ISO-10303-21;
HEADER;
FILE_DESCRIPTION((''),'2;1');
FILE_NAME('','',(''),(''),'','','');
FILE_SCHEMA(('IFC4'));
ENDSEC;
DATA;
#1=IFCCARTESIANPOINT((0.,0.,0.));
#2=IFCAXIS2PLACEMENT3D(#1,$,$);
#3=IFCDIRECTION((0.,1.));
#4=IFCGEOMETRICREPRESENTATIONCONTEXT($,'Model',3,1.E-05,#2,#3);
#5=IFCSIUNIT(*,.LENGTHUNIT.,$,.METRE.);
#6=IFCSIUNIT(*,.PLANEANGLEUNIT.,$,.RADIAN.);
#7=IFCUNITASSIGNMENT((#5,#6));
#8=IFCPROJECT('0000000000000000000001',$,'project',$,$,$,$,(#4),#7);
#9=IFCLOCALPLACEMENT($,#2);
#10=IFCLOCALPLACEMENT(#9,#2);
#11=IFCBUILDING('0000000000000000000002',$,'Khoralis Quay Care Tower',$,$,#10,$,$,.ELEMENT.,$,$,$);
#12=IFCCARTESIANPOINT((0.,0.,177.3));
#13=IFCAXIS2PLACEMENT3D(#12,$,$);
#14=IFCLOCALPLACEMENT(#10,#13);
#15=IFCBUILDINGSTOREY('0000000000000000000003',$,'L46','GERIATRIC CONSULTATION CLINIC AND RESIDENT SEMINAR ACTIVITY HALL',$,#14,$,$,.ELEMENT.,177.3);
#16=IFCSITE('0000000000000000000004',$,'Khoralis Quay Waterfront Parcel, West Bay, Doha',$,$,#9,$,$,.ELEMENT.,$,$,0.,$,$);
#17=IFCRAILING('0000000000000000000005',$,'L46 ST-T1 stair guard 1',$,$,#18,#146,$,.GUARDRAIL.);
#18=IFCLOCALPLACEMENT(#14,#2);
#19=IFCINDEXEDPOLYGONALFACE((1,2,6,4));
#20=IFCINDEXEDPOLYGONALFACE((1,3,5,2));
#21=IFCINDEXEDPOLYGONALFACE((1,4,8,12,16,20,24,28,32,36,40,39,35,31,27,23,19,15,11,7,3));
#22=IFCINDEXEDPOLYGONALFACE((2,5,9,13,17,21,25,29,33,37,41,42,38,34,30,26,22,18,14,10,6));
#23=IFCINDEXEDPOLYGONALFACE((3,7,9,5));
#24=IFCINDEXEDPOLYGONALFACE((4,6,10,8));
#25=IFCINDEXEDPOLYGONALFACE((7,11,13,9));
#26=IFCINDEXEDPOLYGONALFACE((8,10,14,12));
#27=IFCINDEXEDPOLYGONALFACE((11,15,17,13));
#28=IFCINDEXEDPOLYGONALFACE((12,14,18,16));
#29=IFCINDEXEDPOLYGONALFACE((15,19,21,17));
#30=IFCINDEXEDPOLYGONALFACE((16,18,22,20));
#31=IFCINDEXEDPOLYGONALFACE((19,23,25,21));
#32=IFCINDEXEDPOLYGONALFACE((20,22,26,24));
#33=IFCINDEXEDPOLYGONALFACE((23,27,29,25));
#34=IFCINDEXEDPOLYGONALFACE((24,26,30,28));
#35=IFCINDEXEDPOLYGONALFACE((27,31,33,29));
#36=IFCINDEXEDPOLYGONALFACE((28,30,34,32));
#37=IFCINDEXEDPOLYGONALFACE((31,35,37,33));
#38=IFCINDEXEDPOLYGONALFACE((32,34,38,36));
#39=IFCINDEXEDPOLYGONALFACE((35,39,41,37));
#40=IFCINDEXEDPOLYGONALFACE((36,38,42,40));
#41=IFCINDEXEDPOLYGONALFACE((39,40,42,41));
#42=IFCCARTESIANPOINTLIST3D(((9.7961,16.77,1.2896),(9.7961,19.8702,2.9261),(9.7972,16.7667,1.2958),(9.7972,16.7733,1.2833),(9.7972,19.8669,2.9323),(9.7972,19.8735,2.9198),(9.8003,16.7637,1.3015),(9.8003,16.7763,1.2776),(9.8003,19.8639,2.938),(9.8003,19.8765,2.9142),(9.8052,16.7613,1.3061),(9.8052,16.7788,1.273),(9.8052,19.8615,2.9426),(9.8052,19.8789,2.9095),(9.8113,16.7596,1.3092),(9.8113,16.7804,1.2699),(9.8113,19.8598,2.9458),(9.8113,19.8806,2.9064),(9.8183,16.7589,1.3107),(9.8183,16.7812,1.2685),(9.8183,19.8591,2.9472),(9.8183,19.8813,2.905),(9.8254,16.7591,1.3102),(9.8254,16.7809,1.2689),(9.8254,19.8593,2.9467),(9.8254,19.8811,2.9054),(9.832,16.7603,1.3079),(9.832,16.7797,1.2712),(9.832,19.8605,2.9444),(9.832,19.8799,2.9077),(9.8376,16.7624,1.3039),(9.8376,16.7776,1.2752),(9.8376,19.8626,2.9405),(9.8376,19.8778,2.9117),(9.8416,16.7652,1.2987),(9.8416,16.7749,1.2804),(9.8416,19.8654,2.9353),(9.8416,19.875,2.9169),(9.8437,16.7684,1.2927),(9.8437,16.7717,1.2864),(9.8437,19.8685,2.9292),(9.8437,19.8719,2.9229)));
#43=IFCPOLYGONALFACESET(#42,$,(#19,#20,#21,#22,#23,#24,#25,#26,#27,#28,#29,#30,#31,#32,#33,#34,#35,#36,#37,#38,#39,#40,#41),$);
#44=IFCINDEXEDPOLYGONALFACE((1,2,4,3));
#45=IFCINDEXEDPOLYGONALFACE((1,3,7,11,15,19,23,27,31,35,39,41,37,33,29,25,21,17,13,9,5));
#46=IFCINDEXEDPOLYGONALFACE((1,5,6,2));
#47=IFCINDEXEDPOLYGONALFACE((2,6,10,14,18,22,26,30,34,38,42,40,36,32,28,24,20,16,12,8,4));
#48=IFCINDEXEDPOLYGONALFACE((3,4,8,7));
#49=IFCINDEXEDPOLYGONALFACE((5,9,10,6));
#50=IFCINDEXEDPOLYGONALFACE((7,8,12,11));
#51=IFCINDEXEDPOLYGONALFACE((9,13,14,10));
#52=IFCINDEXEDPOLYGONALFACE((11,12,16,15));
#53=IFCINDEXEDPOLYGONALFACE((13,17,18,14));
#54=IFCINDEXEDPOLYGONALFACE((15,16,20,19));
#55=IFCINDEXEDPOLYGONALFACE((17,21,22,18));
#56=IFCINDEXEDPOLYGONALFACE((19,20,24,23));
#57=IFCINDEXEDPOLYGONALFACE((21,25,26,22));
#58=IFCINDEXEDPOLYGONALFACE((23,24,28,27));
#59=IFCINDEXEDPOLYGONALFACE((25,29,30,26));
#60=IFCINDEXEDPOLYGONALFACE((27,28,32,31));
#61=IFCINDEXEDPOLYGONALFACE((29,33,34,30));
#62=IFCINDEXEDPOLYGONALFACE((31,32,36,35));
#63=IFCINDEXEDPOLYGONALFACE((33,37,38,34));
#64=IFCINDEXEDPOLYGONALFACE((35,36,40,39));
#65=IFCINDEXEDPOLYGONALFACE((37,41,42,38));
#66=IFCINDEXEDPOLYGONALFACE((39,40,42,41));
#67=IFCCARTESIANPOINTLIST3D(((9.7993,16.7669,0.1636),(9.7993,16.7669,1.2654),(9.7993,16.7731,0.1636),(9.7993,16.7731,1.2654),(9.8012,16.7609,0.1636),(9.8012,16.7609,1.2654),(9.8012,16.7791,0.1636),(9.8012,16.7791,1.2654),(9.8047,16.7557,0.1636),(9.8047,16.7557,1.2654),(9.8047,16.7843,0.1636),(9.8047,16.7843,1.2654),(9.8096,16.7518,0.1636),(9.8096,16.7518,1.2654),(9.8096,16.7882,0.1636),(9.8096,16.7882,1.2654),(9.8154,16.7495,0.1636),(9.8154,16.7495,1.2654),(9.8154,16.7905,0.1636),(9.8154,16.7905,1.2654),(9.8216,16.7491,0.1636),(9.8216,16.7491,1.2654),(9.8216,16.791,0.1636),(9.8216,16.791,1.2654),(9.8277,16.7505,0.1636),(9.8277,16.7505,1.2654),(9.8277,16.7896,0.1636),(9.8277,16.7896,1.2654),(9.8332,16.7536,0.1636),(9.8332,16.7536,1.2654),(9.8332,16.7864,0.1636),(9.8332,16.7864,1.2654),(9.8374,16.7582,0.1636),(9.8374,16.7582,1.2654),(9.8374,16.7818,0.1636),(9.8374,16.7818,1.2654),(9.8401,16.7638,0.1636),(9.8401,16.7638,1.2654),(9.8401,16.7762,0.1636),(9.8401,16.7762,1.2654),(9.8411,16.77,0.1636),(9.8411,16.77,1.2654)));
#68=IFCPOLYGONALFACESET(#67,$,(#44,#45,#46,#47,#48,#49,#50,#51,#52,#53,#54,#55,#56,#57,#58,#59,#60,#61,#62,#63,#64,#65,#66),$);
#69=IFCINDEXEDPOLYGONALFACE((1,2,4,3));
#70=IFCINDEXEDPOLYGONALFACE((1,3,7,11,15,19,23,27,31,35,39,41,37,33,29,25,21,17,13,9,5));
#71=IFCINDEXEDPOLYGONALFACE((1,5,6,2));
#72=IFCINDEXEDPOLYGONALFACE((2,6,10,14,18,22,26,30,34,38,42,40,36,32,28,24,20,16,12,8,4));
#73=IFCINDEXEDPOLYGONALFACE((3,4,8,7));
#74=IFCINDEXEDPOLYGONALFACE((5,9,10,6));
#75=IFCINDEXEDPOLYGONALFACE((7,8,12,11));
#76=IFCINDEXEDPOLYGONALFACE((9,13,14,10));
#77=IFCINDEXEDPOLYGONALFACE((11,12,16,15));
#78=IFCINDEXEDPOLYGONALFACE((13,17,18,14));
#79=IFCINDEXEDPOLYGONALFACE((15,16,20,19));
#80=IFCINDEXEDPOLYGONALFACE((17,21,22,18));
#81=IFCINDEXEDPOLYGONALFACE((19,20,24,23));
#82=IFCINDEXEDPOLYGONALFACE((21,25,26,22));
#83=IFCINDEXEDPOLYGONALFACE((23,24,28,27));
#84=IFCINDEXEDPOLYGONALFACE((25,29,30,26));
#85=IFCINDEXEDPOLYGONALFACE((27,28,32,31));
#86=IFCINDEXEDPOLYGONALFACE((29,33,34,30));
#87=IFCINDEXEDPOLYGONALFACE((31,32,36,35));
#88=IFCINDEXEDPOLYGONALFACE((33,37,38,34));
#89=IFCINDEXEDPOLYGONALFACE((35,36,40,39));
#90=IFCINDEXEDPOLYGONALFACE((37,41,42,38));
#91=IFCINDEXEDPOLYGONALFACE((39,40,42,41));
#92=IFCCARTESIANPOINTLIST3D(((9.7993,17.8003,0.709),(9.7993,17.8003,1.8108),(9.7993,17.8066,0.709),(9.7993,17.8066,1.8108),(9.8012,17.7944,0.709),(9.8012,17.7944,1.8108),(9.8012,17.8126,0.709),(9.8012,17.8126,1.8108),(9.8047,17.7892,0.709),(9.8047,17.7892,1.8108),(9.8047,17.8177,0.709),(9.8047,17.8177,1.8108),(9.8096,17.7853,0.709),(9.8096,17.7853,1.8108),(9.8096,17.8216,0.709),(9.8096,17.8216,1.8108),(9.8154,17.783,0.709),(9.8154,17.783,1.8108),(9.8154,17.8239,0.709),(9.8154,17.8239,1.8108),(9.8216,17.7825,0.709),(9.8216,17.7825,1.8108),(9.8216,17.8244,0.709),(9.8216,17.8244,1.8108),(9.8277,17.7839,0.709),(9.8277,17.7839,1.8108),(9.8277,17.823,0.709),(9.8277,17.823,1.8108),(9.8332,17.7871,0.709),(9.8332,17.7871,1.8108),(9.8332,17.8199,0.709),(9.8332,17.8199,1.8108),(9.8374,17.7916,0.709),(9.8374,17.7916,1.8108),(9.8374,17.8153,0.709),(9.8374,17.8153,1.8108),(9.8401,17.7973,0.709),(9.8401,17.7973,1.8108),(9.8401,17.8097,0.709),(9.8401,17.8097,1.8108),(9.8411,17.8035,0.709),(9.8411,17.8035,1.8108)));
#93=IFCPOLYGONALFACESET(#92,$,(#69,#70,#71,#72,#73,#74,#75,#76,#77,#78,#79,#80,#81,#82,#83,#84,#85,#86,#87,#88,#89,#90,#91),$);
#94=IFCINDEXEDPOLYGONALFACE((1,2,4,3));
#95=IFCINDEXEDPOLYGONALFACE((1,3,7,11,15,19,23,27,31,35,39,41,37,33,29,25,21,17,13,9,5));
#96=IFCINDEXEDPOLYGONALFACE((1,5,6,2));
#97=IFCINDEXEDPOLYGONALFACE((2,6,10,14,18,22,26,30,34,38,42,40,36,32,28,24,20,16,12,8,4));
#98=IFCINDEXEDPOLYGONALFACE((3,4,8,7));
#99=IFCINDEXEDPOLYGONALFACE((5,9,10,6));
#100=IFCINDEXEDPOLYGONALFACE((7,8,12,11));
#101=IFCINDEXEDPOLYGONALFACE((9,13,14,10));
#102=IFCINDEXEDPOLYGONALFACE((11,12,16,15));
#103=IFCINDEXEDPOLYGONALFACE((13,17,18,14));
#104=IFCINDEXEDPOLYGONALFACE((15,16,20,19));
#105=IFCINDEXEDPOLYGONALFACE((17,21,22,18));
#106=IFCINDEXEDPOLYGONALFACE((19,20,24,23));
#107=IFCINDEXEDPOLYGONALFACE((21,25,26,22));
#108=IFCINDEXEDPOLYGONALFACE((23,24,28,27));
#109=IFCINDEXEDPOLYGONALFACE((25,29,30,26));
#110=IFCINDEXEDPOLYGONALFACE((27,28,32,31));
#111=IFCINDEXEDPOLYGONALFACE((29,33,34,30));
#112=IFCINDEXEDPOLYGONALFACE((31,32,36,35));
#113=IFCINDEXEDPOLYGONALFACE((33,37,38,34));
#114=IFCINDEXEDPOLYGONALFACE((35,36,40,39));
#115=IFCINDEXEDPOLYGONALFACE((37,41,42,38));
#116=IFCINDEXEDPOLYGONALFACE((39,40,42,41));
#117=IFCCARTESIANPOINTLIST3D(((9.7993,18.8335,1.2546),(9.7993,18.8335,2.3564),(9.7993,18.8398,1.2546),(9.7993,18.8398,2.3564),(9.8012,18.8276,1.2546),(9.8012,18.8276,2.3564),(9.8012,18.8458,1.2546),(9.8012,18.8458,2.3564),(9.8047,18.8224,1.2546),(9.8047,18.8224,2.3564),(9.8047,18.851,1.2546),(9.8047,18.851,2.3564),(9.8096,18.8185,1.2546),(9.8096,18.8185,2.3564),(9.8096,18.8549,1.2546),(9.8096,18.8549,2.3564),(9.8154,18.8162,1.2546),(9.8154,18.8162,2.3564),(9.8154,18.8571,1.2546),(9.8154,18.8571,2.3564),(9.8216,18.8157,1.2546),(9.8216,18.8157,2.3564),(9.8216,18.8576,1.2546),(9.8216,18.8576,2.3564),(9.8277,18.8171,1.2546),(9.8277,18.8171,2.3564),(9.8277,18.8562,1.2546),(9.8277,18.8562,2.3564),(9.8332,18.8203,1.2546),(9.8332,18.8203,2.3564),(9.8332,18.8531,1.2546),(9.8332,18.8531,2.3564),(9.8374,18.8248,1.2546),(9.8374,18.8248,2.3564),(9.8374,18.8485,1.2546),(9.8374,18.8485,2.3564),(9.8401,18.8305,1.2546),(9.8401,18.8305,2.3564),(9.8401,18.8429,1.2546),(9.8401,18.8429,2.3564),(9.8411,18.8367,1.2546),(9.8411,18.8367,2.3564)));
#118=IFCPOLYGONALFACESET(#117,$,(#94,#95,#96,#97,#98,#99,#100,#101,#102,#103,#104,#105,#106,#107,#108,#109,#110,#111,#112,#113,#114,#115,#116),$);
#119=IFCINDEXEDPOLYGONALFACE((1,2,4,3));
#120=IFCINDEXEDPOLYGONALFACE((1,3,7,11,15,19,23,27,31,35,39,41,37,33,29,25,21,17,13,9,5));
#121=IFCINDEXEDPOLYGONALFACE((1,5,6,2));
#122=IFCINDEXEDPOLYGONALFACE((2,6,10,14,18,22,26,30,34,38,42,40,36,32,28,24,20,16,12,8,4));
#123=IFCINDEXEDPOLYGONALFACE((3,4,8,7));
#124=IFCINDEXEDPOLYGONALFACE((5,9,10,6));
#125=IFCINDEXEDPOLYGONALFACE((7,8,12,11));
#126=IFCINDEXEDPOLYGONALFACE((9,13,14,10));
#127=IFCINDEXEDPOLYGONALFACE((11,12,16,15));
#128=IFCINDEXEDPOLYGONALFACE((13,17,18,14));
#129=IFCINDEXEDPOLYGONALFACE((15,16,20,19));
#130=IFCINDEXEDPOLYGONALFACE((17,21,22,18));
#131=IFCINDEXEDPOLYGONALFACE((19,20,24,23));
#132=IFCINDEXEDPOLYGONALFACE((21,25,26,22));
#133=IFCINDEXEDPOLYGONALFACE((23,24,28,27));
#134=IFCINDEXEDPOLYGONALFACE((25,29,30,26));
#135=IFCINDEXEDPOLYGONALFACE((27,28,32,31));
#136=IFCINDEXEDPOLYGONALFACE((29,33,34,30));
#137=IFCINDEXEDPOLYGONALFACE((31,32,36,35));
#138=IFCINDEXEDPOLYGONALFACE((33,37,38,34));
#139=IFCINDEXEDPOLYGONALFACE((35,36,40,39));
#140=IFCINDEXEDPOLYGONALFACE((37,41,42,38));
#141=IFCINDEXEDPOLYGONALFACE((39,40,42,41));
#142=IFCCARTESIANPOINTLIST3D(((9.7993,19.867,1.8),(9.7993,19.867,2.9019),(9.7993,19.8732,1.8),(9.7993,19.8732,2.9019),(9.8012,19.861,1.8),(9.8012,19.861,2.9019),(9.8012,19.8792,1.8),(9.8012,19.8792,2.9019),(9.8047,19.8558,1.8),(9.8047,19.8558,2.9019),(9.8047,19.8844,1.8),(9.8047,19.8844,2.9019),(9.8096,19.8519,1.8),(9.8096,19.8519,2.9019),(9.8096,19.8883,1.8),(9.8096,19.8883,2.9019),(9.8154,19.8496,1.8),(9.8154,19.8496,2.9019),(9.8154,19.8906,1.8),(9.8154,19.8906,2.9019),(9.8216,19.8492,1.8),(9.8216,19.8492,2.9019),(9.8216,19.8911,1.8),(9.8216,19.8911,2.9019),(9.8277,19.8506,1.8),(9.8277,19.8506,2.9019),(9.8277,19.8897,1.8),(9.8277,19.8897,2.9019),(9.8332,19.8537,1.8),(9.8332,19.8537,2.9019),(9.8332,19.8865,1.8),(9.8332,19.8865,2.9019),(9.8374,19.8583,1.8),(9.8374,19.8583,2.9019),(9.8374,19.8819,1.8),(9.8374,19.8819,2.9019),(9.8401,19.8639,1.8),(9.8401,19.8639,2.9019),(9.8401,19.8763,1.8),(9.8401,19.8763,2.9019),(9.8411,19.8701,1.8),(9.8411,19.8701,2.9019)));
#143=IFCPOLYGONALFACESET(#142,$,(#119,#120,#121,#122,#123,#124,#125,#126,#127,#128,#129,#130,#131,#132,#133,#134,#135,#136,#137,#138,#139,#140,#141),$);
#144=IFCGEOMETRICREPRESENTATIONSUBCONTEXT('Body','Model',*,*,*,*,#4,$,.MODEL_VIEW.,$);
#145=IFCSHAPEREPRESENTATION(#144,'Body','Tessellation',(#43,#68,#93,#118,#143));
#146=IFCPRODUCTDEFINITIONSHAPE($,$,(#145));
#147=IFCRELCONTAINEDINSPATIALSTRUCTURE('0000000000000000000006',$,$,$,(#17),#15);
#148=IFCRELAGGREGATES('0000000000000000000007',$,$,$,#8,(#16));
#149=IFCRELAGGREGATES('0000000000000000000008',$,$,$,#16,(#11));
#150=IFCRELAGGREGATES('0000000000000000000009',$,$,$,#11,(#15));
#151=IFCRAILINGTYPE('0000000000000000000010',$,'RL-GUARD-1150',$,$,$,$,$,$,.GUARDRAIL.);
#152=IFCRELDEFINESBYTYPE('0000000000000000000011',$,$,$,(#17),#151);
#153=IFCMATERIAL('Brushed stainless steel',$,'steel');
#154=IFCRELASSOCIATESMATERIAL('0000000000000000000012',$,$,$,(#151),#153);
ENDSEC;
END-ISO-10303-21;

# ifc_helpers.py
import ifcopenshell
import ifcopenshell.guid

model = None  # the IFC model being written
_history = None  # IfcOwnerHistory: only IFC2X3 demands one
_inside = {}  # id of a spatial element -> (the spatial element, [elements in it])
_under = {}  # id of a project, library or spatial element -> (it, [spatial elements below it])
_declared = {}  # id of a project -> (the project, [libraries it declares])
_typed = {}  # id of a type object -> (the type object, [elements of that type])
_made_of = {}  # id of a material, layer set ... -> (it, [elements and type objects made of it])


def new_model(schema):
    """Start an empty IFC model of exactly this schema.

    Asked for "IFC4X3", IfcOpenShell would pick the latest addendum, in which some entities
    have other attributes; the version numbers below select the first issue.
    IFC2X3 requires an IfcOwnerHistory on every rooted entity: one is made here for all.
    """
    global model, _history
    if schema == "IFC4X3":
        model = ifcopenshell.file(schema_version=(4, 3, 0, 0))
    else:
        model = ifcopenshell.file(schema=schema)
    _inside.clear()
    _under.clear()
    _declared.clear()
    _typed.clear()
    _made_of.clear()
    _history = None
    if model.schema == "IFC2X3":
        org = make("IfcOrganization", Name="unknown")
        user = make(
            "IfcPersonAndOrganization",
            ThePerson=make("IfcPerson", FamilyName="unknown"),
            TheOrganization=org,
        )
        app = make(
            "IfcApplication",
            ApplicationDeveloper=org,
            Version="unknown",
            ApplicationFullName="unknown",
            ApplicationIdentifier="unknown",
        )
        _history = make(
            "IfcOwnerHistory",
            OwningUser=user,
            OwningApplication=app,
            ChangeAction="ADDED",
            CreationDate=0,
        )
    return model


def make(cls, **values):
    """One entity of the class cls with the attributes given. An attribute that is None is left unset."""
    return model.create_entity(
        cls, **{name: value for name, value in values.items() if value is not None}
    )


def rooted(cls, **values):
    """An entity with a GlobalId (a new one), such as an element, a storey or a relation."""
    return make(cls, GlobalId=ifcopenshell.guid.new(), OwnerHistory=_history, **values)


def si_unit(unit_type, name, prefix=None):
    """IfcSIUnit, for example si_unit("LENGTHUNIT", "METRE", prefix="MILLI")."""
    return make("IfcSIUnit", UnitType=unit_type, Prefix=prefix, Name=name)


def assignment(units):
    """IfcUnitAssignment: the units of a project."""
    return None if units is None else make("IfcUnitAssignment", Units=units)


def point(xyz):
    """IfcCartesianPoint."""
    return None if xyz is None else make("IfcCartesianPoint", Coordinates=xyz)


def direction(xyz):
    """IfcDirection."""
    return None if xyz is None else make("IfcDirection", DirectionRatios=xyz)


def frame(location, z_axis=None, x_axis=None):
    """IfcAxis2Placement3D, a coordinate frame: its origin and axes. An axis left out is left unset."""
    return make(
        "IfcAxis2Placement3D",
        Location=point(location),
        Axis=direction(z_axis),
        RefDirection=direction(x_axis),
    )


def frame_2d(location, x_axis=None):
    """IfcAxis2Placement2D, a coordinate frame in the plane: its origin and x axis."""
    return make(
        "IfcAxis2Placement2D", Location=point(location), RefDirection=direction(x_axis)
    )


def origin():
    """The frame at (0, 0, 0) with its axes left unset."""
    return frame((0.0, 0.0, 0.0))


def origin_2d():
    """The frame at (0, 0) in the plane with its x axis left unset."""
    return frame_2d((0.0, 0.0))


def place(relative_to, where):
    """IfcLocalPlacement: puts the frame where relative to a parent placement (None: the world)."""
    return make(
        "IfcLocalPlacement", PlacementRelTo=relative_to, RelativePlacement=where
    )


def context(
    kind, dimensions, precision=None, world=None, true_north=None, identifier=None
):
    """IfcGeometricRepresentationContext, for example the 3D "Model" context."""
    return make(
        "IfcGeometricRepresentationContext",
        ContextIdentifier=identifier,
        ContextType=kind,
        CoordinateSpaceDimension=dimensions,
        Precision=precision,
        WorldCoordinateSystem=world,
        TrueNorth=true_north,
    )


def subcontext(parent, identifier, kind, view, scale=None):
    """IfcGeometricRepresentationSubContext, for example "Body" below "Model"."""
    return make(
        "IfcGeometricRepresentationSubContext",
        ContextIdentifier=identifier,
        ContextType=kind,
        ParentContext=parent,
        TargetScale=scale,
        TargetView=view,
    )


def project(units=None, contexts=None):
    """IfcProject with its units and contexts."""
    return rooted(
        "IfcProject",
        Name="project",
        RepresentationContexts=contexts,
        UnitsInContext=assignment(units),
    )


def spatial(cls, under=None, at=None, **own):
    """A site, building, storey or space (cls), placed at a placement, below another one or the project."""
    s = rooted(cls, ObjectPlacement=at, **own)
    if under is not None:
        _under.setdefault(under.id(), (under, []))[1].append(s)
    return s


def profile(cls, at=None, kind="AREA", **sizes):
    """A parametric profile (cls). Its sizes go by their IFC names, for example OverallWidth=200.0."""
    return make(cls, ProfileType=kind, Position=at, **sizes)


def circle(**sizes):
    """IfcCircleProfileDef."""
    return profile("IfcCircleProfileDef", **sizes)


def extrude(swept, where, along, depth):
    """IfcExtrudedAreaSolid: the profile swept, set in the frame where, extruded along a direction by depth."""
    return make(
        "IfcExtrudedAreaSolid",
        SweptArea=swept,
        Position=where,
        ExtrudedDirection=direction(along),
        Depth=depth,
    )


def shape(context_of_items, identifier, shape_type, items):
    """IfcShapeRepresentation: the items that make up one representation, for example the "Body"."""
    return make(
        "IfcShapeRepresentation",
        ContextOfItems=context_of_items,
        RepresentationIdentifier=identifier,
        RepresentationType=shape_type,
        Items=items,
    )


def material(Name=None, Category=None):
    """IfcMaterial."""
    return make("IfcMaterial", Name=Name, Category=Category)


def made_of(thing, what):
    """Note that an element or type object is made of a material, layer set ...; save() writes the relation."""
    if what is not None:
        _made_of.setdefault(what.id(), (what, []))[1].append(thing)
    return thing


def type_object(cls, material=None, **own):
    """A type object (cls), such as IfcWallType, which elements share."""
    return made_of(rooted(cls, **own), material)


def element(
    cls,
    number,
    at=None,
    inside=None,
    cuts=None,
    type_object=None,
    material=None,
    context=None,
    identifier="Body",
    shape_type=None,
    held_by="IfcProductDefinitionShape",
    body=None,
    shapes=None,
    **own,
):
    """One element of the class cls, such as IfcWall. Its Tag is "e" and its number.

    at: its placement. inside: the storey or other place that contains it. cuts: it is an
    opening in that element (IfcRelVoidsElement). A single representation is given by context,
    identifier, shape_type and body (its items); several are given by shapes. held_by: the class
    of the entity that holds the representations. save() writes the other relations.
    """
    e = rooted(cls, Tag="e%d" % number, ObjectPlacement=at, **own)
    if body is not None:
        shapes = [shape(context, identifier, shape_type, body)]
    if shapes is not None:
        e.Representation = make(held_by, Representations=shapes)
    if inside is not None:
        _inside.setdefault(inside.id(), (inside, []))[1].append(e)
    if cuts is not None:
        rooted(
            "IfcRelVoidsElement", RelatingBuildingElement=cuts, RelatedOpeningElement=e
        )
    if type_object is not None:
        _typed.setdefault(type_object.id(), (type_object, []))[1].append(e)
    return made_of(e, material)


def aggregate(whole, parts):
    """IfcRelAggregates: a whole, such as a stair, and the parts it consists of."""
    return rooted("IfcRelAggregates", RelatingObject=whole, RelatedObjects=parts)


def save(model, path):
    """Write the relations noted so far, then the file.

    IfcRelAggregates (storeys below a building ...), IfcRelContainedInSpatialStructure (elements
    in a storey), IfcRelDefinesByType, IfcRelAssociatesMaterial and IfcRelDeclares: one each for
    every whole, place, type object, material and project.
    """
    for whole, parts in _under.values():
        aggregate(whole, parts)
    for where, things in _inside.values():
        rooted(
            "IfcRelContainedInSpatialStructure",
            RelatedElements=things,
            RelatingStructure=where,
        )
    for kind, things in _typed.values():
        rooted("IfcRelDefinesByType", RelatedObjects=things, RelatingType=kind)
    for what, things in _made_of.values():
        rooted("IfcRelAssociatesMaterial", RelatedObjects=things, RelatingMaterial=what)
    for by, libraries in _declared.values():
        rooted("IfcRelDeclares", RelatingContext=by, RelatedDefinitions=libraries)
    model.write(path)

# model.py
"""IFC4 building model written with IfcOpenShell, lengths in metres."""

from ifc_helpers import new_model, si_unit, direction, frame, origin, origin_2d, place, context, subcontext, project, spatial, circle, extrude, material, type_object, element, save


model = new_model("IFC4")

# Units and contexts
model_context = context("Model", 3, precision=1e-05, world=origin(), true_north=direction((0.0, 1.0)))
body_context = subcontext(model_context, "Body", "Model", "MODEL_VIEW")
ifc_project = project(units=[si_unit("LENGTHUNIT", "METRE"), si_unit("PLANEANGLEUNIT", "RADIAN")], contexts=[model_context])

# Site, building, storey
site_placement = place(None, origin())
site = spatial("IfcSite", under=ifc_project, at=site_placement, Name="Khoralis Quay Waterfront Parcel, West Bay, Doha", CompositionType="ELEMENT", RefElevation=0.0)
building_placement = place(site_placement, origin())
building = spatial("IfcBuilding", under=site, at=building_placement, Name="Khoralis Quay Care Tower", CompositionType="ELEMENT")
storey_placement = place(building_placement, frame((0.0, 0.0, 177.3)))
storey = spatial("IfcBuildingStorey", under=building, at=storey_placement, Name="L46", Description="GERIATRIC CONSULTATION CLINIC AND RESIDENT SEMINAR ACTIVITY HALL", CompositionType="ELEMENT", Elevation=177.3)

# Shared definitions
ifc_material_1 = material(Name="Brushed stainless steel", Category="steel")

# Railing
railing_type_1 = type_object("IfcRailingType", Name="RL-GUARD-1150", PredefinedType="GUARDRAIL", material=ifc_material_1)
railing_1_placement = place(storey_placement, frame((9.8201, 16.77, 0.1636)))
element("IfcRailing", 1, at=railing_1_placement, inside=storey, type_object=railing_type_1, Name="L46 ST-T1 stair guard 1", PredefinedType="GUARDRAIL", context=body_context, shape_type="SweptSolid", body=[
    extrude(circle(Radius=0.0239, at=origin_2d()), frame((0.0, 0.0, 1.126), z_axis=(0.0, 0.884348, 0.466828), x_axis=(-1.0, 0.0, 0.0)), (0.0, 0.0, 1.0), 3.5056),
    extrude(circle(Radius=0.021, at=origin_2d()), origin(), (0.0, 0.0, 1.0), 1.1018),
    extrude(circle(Radius=0.021, at=origin_2d()), frame((0.0, 1.0334, 0.5454)), (0.0, 0.0, 1.0), 1.1018),
    extrude(circle(Radius=0.021, at=origin_2d()), frame((0.0, 2.0667, 1.0911)), (0.0, 0.0, 1.0), 1.1018),
    extrude(circle(Radius=0.021, at=origin_2d()), frame((0.0, 3.1001, 1.6365)), (0.0, 0.0, 1.0), 1.1018),
])

save(model, "model.ifc")
